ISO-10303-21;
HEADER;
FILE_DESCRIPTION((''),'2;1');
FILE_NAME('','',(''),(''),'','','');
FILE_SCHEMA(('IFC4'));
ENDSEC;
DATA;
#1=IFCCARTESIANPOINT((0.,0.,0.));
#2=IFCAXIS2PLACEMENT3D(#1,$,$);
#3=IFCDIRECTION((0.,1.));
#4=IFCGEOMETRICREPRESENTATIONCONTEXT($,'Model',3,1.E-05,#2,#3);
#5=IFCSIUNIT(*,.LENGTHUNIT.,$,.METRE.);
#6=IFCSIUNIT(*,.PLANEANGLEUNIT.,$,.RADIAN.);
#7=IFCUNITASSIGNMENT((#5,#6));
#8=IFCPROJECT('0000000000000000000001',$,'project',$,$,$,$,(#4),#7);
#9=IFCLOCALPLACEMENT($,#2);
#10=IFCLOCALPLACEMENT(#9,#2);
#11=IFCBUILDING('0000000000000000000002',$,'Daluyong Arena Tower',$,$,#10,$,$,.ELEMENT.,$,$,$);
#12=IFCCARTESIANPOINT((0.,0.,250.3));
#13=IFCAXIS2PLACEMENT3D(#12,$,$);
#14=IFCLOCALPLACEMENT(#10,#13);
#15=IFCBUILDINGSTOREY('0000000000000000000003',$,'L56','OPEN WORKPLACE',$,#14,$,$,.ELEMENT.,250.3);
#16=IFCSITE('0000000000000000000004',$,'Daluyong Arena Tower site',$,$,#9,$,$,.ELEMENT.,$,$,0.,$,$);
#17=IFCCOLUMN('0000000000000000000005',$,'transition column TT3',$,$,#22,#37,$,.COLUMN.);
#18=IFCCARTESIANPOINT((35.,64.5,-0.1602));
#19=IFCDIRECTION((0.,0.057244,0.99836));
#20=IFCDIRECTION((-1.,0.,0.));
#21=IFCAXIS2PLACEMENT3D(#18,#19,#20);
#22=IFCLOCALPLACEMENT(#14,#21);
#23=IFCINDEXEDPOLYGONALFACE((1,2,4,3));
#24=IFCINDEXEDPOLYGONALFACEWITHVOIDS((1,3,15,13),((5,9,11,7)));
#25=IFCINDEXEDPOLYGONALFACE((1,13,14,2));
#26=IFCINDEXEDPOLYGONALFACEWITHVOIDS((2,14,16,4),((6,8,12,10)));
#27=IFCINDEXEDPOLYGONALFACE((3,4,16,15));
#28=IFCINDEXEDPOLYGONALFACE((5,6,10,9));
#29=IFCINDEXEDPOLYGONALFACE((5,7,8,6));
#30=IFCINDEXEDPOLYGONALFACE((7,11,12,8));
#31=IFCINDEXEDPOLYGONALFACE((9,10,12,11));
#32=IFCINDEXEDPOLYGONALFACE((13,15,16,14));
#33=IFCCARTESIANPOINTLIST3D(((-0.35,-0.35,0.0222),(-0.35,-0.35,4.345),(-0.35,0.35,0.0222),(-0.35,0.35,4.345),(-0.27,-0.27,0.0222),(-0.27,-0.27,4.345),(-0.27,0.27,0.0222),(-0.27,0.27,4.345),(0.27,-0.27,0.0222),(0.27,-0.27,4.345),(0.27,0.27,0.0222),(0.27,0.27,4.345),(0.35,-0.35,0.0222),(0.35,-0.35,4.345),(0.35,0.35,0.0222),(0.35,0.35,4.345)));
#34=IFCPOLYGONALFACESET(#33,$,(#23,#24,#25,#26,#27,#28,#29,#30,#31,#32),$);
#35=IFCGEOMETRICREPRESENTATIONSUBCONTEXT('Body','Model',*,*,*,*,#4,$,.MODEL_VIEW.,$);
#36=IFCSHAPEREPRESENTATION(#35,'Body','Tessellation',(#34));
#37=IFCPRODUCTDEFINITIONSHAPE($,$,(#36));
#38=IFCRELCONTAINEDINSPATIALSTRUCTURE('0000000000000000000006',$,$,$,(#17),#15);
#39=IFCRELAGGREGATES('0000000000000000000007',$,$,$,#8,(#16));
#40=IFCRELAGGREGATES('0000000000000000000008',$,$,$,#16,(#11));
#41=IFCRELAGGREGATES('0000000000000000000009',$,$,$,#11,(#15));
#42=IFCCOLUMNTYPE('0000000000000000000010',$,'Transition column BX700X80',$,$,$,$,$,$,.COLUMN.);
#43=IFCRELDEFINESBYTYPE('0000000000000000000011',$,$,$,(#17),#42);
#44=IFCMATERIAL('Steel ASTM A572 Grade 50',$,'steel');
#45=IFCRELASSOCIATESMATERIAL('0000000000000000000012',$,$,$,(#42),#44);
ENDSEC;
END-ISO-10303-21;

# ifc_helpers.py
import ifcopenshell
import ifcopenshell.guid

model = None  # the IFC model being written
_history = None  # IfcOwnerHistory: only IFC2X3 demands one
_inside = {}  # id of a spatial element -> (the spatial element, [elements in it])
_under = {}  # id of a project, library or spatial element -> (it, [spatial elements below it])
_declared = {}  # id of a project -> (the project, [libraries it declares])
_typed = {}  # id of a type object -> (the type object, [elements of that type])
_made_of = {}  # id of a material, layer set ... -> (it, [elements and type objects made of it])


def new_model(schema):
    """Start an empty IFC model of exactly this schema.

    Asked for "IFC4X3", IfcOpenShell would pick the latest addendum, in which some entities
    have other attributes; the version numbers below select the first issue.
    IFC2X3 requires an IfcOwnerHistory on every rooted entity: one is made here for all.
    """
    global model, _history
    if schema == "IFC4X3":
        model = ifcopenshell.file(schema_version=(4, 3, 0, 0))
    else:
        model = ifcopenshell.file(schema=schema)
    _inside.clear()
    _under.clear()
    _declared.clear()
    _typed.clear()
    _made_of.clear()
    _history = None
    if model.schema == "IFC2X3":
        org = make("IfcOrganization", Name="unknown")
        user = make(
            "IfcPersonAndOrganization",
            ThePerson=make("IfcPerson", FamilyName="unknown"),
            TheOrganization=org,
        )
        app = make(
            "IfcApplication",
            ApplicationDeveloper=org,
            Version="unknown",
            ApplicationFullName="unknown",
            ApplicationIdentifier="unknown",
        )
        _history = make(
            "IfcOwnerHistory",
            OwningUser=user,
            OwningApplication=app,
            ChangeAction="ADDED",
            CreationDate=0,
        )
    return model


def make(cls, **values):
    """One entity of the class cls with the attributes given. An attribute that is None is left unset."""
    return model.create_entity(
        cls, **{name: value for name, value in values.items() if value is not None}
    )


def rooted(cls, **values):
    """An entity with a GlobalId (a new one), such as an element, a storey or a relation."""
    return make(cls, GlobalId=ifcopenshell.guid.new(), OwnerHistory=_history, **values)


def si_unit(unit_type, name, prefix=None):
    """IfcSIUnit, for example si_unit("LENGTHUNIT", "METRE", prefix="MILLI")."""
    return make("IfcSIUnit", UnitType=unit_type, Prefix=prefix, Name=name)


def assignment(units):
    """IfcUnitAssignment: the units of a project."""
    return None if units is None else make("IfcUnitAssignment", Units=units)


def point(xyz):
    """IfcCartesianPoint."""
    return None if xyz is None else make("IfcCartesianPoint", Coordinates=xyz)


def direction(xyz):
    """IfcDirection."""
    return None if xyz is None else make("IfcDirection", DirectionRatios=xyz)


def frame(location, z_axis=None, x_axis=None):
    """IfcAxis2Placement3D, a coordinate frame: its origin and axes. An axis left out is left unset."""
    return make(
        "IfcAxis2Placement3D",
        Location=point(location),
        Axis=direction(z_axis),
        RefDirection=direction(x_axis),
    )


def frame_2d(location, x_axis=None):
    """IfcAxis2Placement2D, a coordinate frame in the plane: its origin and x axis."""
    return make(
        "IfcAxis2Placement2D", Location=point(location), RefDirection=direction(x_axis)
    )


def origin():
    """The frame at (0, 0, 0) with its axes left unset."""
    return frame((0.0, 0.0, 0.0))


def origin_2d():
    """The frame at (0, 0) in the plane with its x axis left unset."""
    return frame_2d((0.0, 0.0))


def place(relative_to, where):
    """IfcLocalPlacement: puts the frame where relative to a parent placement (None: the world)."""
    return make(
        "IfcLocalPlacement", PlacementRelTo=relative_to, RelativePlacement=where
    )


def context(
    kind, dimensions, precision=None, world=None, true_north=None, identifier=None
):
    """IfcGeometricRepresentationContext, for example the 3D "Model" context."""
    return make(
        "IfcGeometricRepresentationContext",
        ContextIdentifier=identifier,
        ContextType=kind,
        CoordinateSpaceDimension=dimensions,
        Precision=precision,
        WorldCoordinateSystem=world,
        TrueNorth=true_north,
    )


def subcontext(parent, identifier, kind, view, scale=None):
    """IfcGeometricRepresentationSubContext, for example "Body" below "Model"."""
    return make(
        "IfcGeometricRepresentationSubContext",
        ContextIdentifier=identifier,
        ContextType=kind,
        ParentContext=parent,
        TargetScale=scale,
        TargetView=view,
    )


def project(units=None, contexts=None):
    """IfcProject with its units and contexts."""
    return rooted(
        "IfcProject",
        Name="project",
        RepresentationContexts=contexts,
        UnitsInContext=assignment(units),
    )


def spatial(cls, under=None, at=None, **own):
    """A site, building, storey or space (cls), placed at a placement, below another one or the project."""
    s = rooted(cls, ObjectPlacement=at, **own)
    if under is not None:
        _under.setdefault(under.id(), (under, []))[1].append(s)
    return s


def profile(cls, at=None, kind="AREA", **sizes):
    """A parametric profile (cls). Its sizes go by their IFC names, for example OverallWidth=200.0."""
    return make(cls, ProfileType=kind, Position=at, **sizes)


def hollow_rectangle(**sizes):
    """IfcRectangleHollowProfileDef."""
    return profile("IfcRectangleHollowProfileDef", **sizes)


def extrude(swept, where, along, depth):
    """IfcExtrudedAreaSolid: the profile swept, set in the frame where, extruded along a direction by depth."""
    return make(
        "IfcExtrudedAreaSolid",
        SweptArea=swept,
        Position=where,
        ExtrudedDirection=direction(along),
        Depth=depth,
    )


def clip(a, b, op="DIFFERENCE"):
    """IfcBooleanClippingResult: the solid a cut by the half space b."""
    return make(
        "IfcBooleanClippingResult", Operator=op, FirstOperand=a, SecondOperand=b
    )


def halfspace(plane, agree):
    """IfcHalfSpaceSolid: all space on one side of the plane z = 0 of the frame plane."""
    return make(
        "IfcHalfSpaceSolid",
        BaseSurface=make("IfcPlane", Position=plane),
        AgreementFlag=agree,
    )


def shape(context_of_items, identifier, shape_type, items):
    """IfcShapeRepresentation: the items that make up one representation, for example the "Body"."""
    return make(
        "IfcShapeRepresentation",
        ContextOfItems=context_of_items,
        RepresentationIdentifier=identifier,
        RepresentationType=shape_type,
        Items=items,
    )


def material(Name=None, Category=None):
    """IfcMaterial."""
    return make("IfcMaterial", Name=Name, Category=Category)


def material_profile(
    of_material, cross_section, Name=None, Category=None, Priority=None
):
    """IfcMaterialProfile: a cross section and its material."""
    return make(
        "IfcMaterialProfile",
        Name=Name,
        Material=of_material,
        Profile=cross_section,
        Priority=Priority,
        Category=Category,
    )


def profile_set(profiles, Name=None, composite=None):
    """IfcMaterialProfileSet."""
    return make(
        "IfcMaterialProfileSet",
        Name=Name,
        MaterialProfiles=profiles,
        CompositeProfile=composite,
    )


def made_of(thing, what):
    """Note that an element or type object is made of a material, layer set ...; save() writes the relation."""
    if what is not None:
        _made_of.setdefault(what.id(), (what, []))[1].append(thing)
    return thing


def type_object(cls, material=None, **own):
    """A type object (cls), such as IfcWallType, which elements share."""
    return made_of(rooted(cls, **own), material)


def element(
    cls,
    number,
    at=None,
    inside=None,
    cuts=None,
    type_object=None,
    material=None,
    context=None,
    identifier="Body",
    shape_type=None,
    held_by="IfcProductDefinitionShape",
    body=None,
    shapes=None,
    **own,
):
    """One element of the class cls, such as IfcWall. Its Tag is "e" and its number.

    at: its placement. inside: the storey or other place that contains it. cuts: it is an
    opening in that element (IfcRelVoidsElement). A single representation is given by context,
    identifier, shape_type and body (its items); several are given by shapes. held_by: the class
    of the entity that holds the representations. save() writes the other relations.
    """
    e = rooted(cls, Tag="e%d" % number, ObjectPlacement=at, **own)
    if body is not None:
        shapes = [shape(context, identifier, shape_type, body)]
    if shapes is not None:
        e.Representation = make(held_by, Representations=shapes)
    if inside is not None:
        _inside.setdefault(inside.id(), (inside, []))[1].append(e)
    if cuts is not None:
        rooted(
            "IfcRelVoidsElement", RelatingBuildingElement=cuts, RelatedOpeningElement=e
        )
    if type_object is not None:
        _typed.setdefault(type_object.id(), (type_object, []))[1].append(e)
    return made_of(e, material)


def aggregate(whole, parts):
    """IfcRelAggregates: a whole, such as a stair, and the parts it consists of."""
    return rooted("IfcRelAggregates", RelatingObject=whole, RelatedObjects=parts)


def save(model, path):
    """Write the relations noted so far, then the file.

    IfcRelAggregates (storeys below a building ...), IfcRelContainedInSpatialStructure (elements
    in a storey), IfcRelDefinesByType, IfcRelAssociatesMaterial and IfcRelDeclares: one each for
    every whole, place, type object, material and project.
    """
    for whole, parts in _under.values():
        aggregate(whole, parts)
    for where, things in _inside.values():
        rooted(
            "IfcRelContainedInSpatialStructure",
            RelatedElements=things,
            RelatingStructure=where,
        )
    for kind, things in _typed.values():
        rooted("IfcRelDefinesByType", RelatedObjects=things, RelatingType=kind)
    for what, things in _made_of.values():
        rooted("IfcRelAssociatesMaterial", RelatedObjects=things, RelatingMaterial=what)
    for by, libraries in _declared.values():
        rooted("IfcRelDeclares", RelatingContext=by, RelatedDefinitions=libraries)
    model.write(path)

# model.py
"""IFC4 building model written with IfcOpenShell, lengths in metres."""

from ifc_helpers import new_model, si_unit, direction, frame, origin, origin_2d, place, context, subcontext, project, spatial, hollow_rectangle, extrude, clip, halfspace, material, material_profile, profile_set, type_object, element, save


model = new_model("IFC4")

# Units and contexts
model_context = context("Model", 3, precision=1e-05, world=origin(), true_north=direction((0.0, 1.0)))
body_context = subcontext(model_context, "Body", "Model", "MODEL_VIEW")
ifc_project = project(units=[si_unit("LENGTHUNIT", "METRE"), si_unit("PLANEANGLEUNIT", "RADIAN")], contexts=[model_context])

# Site, building, storey
site_placement = place(None, origin())
site = spatial("IfcSite", under=ifc_project, at=site_placement, Name="Daluyong Arena Tower site", CompositionType="ELEMENT", RefElevation=0.0)
building_placement = place(site_placement, origin())
building = spatial("IfcBuilding", under=site, at=building_placement, Name="Daluyong Arena Tower", CompositionType="ELEMENT")
storey_placement = place(building_placement, frame((0.0, 0.0, 250.3)))
storey = spatial("IfcBuildingStorey", under=building, at=storey_placement, Name="L56", Description="OPEN WORKPLACE", CompositionType="ELEMENT", Elevation=250.3)

# Column
ifc_material_1 = material(Name="Steel ASTM A572 Grade 50", Category="steel")
ifc_material_profile_1 = material_profile(ifc_material_1, hollow_rectangle(XDim=0.7, YDim=0.7, WallThickness=0.08, at=origin_2d()))
ifc_profile_set_1 = profile_set([ifc_material_profile_1], Name="Steel ASTM A572 Grade 50")
column_type_1 = type_object("IfcColumnType", Name="Transition column BX700X80", PredefinedType="COLUMN", material=ifc_profile_set_1)
column_placement = place(storey_placement, frame((35.0, 64.5, -0.1602), z_axis=(0.0, 0.057244, 0.99836), x_axis=(-1.0, 0.0, 0.0)))
element("IfcColumn", 1, at=column_placement, inside=storey, type_object=column_type_1, Name="transition column TT3", PredefinedType="COLUMN", context=body_context, shape_type="Clipping", body=[
    clip(clip(extrude(hollow_rectangle(XDim=0.7, YDim=0.7, WallThickness=0.08, at=origin_2d()), origin(), (0.0, 0.0, 1.0), 4.3672), halfspace(frame((0.0, 0.0, 0.0222), z_axis=(0.0, 0.0, 1.0), x_axis=(1.0, 0.0, 0.0)), True)), halfspace(frame((0.0, 0.0, 4.345), z_axis=(0.0, 0.0, -1.0), x_axis=(1.0, 0.0, 0.0)), True)),
])

save(model, "model.ifc")
